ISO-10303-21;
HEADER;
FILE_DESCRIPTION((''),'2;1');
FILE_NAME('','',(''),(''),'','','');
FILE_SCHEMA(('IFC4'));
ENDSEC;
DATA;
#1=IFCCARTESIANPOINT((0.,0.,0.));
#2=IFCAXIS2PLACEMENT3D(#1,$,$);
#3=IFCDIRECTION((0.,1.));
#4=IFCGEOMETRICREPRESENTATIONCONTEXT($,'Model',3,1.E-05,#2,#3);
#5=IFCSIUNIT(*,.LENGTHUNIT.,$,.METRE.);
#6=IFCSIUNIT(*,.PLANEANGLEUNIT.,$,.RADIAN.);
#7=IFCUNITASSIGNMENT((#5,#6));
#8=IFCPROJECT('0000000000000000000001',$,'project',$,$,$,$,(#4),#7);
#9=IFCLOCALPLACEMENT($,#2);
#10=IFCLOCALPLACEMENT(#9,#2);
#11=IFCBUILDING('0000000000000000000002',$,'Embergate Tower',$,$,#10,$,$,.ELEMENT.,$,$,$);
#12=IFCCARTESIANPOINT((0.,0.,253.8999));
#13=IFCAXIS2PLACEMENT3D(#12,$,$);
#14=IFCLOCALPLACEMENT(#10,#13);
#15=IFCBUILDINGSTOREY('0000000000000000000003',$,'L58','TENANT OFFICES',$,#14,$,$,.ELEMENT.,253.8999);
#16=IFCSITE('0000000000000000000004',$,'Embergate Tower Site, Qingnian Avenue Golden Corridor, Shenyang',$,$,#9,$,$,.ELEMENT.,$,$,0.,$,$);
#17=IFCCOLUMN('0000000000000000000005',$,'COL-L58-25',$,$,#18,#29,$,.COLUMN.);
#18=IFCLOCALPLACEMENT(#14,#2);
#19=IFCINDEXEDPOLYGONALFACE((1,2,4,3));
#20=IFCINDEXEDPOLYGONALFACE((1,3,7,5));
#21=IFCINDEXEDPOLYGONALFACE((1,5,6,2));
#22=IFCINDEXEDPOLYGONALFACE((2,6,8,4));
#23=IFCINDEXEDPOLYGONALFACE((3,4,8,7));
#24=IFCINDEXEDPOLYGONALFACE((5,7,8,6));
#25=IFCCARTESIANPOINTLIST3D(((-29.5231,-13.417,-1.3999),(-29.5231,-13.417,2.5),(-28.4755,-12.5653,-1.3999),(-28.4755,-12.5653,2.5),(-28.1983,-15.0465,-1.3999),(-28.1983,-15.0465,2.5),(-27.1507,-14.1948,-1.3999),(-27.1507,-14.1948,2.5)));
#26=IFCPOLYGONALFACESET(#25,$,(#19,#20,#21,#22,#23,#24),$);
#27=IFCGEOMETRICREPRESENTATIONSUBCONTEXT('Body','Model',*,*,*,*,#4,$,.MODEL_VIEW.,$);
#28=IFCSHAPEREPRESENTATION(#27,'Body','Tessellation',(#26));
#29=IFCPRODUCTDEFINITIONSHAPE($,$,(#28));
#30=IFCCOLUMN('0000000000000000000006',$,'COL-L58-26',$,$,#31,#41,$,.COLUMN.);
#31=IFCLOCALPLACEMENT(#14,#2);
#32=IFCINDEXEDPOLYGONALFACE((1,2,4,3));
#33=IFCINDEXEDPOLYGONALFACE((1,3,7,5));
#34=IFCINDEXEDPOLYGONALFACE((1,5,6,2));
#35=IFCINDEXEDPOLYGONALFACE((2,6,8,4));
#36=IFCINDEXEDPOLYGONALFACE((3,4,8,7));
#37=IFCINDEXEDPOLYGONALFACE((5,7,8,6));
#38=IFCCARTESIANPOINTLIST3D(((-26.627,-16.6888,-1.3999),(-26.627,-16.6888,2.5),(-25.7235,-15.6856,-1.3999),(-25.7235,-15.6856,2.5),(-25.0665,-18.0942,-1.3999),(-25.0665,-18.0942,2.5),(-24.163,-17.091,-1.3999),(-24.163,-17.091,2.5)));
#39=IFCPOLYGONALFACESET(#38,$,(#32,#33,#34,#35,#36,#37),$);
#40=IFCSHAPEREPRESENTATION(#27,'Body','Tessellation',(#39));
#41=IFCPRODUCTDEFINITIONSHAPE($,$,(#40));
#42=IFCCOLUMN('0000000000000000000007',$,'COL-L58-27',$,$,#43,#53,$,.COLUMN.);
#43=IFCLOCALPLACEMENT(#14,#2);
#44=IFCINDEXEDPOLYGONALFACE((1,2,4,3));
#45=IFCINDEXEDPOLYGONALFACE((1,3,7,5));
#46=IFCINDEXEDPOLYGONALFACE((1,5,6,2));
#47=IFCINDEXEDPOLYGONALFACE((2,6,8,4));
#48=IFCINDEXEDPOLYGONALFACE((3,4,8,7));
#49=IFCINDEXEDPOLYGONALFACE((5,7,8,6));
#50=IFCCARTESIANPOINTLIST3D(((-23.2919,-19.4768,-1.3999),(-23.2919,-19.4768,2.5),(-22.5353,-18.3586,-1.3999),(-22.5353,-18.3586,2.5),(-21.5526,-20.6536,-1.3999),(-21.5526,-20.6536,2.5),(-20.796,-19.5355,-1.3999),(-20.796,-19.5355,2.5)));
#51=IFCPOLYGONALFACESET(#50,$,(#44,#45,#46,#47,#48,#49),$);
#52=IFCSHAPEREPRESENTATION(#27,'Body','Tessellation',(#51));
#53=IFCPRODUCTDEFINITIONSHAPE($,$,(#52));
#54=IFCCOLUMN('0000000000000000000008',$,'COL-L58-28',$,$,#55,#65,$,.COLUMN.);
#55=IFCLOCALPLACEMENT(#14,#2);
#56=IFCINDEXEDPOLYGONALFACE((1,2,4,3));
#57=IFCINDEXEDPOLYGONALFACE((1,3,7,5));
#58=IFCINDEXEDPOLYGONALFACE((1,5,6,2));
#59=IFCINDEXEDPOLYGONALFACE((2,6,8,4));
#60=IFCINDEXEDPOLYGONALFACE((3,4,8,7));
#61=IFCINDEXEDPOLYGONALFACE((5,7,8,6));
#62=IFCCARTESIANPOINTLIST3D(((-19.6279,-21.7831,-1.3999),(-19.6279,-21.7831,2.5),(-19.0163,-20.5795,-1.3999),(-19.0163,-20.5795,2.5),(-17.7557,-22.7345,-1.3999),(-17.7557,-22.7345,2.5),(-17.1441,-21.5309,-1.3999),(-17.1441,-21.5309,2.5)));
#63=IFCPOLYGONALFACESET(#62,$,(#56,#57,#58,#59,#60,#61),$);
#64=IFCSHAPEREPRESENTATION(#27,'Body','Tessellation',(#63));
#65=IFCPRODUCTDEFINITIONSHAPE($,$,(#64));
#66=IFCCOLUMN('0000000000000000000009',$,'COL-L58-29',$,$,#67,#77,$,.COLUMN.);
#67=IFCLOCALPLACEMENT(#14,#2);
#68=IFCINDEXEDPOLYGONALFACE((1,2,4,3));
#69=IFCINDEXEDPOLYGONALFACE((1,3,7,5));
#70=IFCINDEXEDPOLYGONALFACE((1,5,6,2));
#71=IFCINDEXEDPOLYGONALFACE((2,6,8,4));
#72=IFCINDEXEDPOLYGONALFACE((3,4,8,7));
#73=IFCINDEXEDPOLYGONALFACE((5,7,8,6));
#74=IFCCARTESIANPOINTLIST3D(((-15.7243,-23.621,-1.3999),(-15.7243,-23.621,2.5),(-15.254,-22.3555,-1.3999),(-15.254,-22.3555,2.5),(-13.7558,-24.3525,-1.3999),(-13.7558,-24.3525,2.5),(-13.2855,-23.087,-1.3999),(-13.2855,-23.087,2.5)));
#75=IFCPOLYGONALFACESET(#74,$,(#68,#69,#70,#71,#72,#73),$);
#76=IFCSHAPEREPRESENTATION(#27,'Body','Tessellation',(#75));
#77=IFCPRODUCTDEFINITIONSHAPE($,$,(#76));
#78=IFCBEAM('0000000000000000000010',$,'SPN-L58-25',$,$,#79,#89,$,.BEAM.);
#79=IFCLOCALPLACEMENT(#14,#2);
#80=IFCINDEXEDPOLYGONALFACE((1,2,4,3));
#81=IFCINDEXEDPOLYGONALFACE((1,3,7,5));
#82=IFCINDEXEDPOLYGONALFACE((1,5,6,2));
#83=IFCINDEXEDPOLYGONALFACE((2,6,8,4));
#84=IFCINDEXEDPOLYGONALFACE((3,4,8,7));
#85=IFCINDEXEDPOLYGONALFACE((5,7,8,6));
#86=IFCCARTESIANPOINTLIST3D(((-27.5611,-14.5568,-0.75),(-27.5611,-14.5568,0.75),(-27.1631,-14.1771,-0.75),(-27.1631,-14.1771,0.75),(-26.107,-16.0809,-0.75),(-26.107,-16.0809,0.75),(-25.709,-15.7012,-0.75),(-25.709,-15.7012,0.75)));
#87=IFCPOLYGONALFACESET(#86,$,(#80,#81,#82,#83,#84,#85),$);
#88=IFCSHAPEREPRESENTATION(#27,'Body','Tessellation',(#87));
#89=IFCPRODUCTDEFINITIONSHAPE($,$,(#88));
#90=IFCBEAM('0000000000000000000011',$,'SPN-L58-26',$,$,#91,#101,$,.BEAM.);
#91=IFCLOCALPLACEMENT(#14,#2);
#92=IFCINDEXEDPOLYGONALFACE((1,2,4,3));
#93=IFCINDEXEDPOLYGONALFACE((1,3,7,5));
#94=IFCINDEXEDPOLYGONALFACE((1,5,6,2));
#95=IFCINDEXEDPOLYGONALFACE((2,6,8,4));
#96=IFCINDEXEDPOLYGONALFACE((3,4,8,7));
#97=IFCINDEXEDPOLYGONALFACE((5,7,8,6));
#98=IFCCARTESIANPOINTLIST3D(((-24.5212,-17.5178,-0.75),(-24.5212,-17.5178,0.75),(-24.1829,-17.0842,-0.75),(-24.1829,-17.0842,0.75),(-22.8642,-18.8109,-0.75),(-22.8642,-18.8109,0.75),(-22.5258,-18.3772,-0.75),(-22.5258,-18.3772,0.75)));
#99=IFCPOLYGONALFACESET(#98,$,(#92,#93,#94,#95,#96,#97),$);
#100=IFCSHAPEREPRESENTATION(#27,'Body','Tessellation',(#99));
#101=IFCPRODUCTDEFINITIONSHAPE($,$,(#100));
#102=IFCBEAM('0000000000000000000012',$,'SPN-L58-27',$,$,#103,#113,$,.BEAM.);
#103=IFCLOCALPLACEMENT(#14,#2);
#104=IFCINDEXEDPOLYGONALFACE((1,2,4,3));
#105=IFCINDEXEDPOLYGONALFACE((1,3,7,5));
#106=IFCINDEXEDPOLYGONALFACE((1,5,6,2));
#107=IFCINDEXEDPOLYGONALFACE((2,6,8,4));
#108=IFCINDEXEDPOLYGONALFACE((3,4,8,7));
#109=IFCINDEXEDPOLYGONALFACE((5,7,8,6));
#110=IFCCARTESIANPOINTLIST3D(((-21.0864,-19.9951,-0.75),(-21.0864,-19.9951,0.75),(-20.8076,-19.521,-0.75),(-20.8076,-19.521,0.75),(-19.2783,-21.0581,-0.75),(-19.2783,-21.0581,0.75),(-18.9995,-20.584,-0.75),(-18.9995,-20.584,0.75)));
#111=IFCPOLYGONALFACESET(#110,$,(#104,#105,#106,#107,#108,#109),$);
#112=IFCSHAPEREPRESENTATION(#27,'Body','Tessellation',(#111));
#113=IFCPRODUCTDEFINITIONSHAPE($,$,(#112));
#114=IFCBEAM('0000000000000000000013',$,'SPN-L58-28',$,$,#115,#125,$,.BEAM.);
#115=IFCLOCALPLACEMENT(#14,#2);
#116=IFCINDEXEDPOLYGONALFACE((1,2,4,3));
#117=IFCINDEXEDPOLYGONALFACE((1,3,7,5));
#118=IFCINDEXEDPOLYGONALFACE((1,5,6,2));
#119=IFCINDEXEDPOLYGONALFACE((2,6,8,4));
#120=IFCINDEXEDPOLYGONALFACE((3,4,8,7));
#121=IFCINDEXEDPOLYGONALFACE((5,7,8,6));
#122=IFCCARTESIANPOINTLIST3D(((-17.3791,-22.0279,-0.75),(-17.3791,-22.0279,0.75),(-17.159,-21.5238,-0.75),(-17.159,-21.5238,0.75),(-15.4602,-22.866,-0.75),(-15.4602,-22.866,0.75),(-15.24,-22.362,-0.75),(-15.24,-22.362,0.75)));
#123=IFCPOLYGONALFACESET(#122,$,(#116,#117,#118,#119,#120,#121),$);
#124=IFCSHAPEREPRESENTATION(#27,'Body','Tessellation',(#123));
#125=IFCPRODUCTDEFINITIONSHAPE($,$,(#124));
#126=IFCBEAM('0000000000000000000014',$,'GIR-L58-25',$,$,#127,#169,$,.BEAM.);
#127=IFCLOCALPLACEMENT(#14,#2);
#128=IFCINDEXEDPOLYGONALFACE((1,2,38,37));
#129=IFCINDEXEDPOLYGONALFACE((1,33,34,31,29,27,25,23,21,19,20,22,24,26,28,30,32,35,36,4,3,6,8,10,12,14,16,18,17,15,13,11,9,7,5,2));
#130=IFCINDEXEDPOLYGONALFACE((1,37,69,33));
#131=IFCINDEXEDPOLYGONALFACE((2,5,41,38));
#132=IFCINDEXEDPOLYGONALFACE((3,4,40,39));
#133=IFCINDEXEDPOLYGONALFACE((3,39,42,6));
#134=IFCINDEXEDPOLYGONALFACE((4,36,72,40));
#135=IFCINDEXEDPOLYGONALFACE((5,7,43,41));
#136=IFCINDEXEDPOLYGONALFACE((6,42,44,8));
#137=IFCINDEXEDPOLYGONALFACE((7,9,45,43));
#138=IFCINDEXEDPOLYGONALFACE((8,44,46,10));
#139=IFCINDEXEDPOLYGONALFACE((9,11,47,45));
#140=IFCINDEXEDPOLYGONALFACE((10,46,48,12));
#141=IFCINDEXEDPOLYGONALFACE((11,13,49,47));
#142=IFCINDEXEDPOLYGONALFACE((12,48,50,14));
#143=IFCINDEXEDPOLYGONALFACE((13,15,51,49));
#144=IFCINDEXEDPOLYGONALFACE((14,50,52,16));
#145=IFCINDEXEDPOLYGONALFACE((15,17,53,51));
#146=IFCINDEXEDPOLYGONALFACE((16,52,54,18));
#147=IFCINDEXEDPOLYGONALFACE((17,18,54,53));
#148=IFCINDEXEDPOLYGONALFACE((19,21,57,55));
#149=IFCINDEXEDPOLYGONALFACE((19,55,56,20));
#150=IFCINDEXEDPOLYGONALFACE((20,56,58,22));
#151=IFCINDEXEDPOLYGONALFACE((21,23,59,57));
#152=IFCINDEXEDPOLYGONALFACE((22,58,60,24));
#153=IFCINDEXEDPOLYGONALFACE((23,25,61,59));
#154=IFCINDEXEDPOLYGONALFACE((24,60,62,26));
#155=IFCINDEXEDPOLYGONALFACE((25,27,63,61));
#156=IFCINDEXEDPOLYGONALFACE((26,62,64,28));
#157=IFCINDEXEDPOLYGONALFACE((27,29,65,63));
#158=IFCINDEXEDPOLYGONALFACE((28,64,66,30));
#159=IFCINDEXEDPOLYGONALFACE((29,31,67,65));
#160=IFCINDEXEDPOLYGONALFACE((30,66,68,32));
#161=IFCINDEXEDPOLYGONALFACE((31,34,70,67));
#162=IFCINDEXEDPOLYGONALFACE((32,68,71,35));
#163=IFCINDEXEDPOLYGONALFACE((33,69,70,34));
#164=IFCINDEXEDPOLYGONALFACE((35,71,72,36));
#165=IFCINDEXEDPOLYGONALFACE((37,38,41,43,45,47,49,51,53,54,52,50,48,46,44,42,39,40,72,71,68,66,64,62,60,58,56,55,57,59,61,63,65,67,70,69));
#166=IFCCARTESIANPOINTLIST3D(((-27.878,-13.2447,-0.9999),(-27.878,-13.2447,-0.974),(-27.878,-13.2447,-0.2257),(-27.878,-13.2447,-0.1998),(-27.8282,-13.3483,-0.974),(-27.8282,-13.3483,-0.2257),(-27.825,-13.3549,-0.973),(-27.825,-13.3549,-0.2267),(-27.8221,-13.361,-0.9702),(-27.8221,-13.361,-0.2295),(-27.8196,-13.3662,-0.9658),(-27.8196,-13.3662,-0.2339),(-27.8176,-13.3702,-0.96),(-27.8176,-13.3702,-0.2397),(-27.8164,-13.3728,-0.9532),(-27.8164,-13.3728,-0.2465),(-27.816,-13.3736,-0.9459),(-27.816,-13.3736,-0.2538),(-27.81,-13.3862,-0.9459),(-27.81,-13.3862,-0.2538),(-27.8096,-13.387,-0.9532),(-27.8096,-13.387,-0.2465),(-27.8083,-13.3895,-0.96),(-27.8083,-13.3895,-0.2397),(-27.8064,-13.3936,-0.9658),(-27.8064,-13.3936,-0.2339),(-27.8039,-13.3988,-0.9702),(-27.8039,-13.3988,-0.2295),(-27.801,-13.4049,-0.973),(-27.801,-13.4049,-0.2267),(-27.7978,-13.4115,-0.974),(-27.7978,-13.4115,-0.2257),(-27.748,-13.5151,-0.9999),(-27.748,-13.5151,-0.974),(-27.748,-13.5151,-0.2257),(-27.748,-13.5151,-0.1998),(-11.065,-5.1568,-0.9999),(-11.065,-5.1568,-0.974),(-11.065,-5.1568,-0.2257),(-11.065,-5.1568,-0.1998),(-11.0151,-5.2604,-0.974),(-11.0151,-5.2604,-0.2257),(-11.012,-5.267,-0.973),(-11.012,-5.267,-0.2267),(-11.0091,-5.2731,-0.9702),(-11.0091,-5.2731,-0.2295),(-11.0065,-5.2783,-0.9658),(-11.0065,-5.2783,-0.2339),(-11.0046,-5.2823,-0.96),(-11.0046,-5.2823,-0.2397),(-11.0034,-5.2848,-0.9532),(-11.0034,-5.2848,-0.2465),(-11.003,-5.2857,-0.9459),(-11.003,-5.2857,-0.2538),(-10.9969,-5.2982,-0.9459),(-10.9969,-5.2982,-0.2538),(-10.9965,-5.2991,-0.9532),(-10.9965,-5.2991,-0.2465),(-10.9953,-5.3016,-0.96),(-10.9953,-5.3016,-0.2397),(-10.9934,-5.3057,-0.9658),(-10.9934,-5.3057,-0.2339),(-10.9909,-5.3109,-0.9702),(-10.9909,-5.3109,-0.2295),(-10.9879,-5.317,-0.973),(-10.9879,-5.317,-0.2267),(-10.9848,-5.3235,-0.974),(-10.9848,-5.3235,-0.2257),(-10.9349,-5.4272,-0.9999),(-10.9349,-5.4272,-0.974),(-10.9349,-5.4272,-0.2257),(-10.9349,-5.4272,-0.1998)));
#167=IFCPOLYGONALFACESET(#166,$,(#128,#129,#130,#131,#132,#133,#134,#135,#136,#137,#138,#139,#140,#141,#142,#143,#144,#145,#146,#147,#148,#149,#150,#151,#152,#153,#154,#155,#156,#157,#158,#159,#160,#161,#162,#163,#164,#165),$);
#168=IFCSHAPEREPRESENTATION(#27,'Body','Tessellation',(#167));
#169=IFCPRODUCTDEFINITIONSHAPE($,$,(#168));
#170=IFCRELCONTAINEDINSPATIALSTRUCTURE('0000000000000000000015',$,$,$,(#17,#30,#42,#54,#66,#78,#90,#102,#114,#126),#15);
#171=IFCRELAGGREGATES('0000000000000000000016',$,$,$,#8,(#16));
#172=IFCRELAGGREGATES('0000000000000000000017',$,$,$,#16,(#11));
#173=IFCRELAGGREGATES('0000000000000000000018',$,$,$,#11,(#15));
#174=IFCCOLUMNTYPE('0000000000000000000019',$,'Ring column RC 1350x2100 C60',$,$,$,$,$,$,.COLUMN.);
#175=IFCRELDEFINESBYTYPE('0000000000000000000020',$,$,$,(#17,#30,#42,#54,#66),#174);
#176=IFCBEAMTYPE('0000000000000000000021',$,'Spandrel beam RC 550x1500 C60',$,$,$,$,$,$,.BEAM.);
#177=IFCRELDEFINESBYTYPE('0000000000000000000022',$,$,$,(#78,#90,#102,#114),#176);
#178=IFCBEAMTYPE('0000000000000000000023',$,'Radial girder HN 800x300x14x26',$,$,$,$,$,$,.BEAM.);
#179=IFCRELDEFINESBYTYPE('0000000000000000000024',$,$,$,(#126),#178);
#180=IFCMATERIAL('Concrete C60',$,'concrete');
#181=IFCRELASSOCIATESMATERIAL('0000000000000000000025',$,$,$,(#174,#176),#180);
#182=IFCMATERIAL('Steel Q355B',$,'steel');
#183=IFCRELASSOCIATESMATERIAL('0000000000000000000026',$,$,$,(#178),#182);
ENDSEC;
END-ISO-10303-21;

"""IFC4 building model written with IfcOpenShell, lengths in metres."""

from ifc_helpers import new_model, si_unit, direction, frame, origin, origin_2d, place, context, subcontext, project, spatial, rectangle, i_section, extrude, source, transform, mapped, material, material_profile, profile_set, type_object, element, save


model = new_model("IFC4")

# Units and contexts
model_context = context("Model", 3, precision=1e-05, world=origin(), true_north=direction((0.0, 1.0)))
body_context = subcontext(model_context, "Body", "Model", "MODEL_VIEW")
ifc_project = project(units=[si_unit("LENGTHUNIT", "METRE"), si_unit("PLANEANGLEUNIT", "RADIAN")], contexts=[model_context])

# Site, building, storey
site_placement = place(None, origin())
site = spatial("IfcSite", under=ifc_project, at=site_placement, Name="Embergate Tower Site, Qingnian Avenue Golden Corridor, Shenyang", CompositionType="ELEMENT", RefElevation=0.0)
building_placement = place(site_placement, origin())
building = spatial("IfcBuilding", under=site, at=building_placement, Name="Embergate Tower", CompositionType="ELEMENT")
storey_placement = place(building_placement, frame((0.0, 0.0, 253.8999)))
storey = spatial("IfcBuildingStorey", under=building, at=storey_placement, Name="L58", Description="TENANT OFFICES", CompositionType="ELEMENT", Elevation=253.8999)

# Columns
ifc_material_1 = material(Name="Concrete C60", Category="concrete")
ifc_material_profile_1 = material_profile(ifc_material_1, rectangle(XDim=1.3501, YDim=2.1001, at=origin_2d()), Name="RC 1350x2100")
ifc_profile_set_1 = profile_set([ifc_material_profile_1], Name="Concrete C60")
column_type = type_object("IfcColumnType", Name="Ring column RC 1350x2100 C60", PredefinedType="COLUMN", material=ifc_profile_set_1)
shared_shape_1 = source(origin(), body_context, "Body", "SweptSolid", [
    extrude(rectangle(XDim=1.3501, YDim=2.1001, at=origin_2d()), origin(), (0.0, 0.0, 1.0), 3.8999),
])
for number, where, z_axis, x_axis, name in (
    (1, (-28.3369, -13.8059, -1.3999), (0.0, 0.0, 1.0), (-0.775925, -0.630825, 0.0), "COL-L58-25"),
    (2, (-25.395, -16.8899, -1.3999), (0.0, 0.0, 1.0), (-0.669208, -0.743075, 0.0), "COL-L58-26"),
    (3, (-22.0439, -19.5061, -1.3999), (0.0, 0.0, 1.0), (-0.560393, -0.828227, 0.0), "COL-L58-27"),
    (4, (-18.386, -21.657, -1.3999), (0.0, 0.0, 1.0), (-0.453011, -0.891505, 0.0), "COL-L58-28"),
    (5, (-14.5049, -23.354, -1.3999), (0.0, 0.0, 1.0), (-0.348343, -0.937367, 0.0), "COL-L58-29"),
):
    element("IfcColumn", number, at=place(storey_placement, frame(where, z_axis=z_axis, x_axis=x_axis)), inside=storey, type_object=column_type, Name=name, PredefinedType="COLUMN", context=body_context, shape_type="MappedRepresentation", body=[
        mapped(shared_shape_1, transform((0.0, 0.0, 0.0))),
    ])

# Beams
ifc_material_profile_2 = material_profile(ifc_material_1, rectangle(XDim=0.55, YDim=1.5, at=origin_2d()), Name="RC 550x1500")
ifc_profile_set_2 = profile_set([ifc_material_profile_2], Name="Concrete C60")
beam_type_1 = type_object("IfcBeamType", Name="Spandrel beam RC 550x1500 C60", PredefinedType="BEAM", material=ifc_profile_set_2)
shared_shape_2 = source(origin(), body_context, "Body", "SweptSolid", [
    extrude(rectangle(XDim=0.55, YDim=1.5, at=origin_2d()), origin(), (0.0, 0.0, 1.0), 2.1064),
])
beam_1_placement = place(storey_placement, frame((-27.3621, -14.3669, 0.0), z_axis=(0.69028, -0.723542, 0.0), x_axis=(0.723542, 0.69028, 0.0)))
element("IfcBeam", 6, at=beam_1_placement, inside=storey, type_object=beam_type_1, Name="SPN-L58-25", PredefinedType="BEAM", context=body_context, shape_type="MappedRepresentation", body=[
    mapped(shared_shape_2, transform((0.0, 0.0, 0.0))),
])
shared_shape_3 = source(origin(), body_context, "Body", "SweptSolid", [
    extrude(rectangle(XDim=0.55, YDim=1.5, at=origin_2d()), origin(), (0.0, 0.0, 1.0), 2.1018),
])
beam_2_placement = place(storey_placement, frame((-24.3521, -17.301, 0.0), z_axis=(0.788382, -0.615186, 0.0), x_axis=(0.615186, 0.788382, 0.0)))
element("IfcBeam", 7, at=beam_2_placement, inside=storey, type_object=beam_type_1, Name="SPN-L58-26", PredefinedType="BEAM", context=body_context, shape_type="MappedRepresentation", body=[
    mapped(shared_shape_3, transform((0.0, 0.0, 0.0))),
])
shared_shape_4 = source(origin(), body_context, "Body", "SweptSolid", [
    extrude(rectangle(XDim=0.55, YDim=1.5, at=origin_2d()), origin(), (0.0, 0.0, 1.0), 2.0974),
])
beam_3_placement = place(storey_placement, frame((-20.947, -19.7581, 0.0), z_axis=(0.86206, -0.506806, 0.0), x_axis=(0.506806, 0.86206, 0.0)))
element("IfcBeam", 8, at=beam_3_placement, inside=storey, type_object=beam_type_1, Name="SPN-L58-27", PredefinedType="BEAM", context=body_context, shape_type="MappedRepresentation", body=[
    mapped(shared_shape_4, transform((0.0, 0.0, 0.0))),
])
shared_shape_5 = source(origin(), body_context, "Body", "SweptSolid", [
    extrude(rectangle(XDim=0.55, YDim=1.5, at=origin_2d()), origin(), (0.0, 0.0, 1.0), 2.094),
])
beam_4_placement = place(storey_placement, frame((-17.269, -21.7759, 0.0), z_axis=(0.916403, -0.400256, 0.0), x_axis=(0.400256, 0.916403, 0.0)))
element("IfcBeam", 9, at=beam_4_placement, inside=storey, type_object=beam_type_1, Name="SPN-L58-28", PredefinedType="BEAM", context=body_context, shape_type="MappedRepresentation", body=[
    mapped(shared_shape_5, transform((0.0, 0.0, 0.0))),
])
ifc_material_2 = material(Name="Steel Q355B", Category="steel")
ifc_material_profile_3 = material_profile(ifc_material_2, i_section(OverallWidth=0.3, OverallDepth=0.8, WebThickness=0.0139, FlangeThickness=0.0259, FilletRadius=0.0281, at=origin_2d()), Name="HN 800x300x14x26")
ifc_profile_set_3 = profile_set([ifc_material_profile_3], Name="Steel Q355 grade B")
beam_type_2 = type_object("IfcBeamType", Name="Radial girder HN 800x300x14x26", PredefinedType="BEAM", material=ifc_profile_set_3)
shared_shape_6 = source(origin(), body_context, "Body", "SweptSolid", [
    extrude(i_section(OverallWidth=0.3, OverallDepth=0.8, WebThickness=0.0139, FlangeThickness=0.0259, FilletRadius=0.0281, at=origin_2d()), origin(), (0.0, 0.0, 1.0), 18.6572),
])
beam_5_placement = place(storey_placement, frame((-27.813, -13.3799, -0.5999), z_axis=(0.901154, 0.4335, 0.0), x_axis=(-0.4335, 0.901154, 0.0)))
element("IfcBeam", 10, at=beam_5_placement, inside=storey, type_object=beam_type_2, Name="GIR-L58-25", PredefinedType="BEAM", context=body_context, shape_type="MappedRepresentation", body=[
    mapped(shared_shape_6, transform((0.0, 0.0, 0.0))),
])

save(model, "model.ifc")
